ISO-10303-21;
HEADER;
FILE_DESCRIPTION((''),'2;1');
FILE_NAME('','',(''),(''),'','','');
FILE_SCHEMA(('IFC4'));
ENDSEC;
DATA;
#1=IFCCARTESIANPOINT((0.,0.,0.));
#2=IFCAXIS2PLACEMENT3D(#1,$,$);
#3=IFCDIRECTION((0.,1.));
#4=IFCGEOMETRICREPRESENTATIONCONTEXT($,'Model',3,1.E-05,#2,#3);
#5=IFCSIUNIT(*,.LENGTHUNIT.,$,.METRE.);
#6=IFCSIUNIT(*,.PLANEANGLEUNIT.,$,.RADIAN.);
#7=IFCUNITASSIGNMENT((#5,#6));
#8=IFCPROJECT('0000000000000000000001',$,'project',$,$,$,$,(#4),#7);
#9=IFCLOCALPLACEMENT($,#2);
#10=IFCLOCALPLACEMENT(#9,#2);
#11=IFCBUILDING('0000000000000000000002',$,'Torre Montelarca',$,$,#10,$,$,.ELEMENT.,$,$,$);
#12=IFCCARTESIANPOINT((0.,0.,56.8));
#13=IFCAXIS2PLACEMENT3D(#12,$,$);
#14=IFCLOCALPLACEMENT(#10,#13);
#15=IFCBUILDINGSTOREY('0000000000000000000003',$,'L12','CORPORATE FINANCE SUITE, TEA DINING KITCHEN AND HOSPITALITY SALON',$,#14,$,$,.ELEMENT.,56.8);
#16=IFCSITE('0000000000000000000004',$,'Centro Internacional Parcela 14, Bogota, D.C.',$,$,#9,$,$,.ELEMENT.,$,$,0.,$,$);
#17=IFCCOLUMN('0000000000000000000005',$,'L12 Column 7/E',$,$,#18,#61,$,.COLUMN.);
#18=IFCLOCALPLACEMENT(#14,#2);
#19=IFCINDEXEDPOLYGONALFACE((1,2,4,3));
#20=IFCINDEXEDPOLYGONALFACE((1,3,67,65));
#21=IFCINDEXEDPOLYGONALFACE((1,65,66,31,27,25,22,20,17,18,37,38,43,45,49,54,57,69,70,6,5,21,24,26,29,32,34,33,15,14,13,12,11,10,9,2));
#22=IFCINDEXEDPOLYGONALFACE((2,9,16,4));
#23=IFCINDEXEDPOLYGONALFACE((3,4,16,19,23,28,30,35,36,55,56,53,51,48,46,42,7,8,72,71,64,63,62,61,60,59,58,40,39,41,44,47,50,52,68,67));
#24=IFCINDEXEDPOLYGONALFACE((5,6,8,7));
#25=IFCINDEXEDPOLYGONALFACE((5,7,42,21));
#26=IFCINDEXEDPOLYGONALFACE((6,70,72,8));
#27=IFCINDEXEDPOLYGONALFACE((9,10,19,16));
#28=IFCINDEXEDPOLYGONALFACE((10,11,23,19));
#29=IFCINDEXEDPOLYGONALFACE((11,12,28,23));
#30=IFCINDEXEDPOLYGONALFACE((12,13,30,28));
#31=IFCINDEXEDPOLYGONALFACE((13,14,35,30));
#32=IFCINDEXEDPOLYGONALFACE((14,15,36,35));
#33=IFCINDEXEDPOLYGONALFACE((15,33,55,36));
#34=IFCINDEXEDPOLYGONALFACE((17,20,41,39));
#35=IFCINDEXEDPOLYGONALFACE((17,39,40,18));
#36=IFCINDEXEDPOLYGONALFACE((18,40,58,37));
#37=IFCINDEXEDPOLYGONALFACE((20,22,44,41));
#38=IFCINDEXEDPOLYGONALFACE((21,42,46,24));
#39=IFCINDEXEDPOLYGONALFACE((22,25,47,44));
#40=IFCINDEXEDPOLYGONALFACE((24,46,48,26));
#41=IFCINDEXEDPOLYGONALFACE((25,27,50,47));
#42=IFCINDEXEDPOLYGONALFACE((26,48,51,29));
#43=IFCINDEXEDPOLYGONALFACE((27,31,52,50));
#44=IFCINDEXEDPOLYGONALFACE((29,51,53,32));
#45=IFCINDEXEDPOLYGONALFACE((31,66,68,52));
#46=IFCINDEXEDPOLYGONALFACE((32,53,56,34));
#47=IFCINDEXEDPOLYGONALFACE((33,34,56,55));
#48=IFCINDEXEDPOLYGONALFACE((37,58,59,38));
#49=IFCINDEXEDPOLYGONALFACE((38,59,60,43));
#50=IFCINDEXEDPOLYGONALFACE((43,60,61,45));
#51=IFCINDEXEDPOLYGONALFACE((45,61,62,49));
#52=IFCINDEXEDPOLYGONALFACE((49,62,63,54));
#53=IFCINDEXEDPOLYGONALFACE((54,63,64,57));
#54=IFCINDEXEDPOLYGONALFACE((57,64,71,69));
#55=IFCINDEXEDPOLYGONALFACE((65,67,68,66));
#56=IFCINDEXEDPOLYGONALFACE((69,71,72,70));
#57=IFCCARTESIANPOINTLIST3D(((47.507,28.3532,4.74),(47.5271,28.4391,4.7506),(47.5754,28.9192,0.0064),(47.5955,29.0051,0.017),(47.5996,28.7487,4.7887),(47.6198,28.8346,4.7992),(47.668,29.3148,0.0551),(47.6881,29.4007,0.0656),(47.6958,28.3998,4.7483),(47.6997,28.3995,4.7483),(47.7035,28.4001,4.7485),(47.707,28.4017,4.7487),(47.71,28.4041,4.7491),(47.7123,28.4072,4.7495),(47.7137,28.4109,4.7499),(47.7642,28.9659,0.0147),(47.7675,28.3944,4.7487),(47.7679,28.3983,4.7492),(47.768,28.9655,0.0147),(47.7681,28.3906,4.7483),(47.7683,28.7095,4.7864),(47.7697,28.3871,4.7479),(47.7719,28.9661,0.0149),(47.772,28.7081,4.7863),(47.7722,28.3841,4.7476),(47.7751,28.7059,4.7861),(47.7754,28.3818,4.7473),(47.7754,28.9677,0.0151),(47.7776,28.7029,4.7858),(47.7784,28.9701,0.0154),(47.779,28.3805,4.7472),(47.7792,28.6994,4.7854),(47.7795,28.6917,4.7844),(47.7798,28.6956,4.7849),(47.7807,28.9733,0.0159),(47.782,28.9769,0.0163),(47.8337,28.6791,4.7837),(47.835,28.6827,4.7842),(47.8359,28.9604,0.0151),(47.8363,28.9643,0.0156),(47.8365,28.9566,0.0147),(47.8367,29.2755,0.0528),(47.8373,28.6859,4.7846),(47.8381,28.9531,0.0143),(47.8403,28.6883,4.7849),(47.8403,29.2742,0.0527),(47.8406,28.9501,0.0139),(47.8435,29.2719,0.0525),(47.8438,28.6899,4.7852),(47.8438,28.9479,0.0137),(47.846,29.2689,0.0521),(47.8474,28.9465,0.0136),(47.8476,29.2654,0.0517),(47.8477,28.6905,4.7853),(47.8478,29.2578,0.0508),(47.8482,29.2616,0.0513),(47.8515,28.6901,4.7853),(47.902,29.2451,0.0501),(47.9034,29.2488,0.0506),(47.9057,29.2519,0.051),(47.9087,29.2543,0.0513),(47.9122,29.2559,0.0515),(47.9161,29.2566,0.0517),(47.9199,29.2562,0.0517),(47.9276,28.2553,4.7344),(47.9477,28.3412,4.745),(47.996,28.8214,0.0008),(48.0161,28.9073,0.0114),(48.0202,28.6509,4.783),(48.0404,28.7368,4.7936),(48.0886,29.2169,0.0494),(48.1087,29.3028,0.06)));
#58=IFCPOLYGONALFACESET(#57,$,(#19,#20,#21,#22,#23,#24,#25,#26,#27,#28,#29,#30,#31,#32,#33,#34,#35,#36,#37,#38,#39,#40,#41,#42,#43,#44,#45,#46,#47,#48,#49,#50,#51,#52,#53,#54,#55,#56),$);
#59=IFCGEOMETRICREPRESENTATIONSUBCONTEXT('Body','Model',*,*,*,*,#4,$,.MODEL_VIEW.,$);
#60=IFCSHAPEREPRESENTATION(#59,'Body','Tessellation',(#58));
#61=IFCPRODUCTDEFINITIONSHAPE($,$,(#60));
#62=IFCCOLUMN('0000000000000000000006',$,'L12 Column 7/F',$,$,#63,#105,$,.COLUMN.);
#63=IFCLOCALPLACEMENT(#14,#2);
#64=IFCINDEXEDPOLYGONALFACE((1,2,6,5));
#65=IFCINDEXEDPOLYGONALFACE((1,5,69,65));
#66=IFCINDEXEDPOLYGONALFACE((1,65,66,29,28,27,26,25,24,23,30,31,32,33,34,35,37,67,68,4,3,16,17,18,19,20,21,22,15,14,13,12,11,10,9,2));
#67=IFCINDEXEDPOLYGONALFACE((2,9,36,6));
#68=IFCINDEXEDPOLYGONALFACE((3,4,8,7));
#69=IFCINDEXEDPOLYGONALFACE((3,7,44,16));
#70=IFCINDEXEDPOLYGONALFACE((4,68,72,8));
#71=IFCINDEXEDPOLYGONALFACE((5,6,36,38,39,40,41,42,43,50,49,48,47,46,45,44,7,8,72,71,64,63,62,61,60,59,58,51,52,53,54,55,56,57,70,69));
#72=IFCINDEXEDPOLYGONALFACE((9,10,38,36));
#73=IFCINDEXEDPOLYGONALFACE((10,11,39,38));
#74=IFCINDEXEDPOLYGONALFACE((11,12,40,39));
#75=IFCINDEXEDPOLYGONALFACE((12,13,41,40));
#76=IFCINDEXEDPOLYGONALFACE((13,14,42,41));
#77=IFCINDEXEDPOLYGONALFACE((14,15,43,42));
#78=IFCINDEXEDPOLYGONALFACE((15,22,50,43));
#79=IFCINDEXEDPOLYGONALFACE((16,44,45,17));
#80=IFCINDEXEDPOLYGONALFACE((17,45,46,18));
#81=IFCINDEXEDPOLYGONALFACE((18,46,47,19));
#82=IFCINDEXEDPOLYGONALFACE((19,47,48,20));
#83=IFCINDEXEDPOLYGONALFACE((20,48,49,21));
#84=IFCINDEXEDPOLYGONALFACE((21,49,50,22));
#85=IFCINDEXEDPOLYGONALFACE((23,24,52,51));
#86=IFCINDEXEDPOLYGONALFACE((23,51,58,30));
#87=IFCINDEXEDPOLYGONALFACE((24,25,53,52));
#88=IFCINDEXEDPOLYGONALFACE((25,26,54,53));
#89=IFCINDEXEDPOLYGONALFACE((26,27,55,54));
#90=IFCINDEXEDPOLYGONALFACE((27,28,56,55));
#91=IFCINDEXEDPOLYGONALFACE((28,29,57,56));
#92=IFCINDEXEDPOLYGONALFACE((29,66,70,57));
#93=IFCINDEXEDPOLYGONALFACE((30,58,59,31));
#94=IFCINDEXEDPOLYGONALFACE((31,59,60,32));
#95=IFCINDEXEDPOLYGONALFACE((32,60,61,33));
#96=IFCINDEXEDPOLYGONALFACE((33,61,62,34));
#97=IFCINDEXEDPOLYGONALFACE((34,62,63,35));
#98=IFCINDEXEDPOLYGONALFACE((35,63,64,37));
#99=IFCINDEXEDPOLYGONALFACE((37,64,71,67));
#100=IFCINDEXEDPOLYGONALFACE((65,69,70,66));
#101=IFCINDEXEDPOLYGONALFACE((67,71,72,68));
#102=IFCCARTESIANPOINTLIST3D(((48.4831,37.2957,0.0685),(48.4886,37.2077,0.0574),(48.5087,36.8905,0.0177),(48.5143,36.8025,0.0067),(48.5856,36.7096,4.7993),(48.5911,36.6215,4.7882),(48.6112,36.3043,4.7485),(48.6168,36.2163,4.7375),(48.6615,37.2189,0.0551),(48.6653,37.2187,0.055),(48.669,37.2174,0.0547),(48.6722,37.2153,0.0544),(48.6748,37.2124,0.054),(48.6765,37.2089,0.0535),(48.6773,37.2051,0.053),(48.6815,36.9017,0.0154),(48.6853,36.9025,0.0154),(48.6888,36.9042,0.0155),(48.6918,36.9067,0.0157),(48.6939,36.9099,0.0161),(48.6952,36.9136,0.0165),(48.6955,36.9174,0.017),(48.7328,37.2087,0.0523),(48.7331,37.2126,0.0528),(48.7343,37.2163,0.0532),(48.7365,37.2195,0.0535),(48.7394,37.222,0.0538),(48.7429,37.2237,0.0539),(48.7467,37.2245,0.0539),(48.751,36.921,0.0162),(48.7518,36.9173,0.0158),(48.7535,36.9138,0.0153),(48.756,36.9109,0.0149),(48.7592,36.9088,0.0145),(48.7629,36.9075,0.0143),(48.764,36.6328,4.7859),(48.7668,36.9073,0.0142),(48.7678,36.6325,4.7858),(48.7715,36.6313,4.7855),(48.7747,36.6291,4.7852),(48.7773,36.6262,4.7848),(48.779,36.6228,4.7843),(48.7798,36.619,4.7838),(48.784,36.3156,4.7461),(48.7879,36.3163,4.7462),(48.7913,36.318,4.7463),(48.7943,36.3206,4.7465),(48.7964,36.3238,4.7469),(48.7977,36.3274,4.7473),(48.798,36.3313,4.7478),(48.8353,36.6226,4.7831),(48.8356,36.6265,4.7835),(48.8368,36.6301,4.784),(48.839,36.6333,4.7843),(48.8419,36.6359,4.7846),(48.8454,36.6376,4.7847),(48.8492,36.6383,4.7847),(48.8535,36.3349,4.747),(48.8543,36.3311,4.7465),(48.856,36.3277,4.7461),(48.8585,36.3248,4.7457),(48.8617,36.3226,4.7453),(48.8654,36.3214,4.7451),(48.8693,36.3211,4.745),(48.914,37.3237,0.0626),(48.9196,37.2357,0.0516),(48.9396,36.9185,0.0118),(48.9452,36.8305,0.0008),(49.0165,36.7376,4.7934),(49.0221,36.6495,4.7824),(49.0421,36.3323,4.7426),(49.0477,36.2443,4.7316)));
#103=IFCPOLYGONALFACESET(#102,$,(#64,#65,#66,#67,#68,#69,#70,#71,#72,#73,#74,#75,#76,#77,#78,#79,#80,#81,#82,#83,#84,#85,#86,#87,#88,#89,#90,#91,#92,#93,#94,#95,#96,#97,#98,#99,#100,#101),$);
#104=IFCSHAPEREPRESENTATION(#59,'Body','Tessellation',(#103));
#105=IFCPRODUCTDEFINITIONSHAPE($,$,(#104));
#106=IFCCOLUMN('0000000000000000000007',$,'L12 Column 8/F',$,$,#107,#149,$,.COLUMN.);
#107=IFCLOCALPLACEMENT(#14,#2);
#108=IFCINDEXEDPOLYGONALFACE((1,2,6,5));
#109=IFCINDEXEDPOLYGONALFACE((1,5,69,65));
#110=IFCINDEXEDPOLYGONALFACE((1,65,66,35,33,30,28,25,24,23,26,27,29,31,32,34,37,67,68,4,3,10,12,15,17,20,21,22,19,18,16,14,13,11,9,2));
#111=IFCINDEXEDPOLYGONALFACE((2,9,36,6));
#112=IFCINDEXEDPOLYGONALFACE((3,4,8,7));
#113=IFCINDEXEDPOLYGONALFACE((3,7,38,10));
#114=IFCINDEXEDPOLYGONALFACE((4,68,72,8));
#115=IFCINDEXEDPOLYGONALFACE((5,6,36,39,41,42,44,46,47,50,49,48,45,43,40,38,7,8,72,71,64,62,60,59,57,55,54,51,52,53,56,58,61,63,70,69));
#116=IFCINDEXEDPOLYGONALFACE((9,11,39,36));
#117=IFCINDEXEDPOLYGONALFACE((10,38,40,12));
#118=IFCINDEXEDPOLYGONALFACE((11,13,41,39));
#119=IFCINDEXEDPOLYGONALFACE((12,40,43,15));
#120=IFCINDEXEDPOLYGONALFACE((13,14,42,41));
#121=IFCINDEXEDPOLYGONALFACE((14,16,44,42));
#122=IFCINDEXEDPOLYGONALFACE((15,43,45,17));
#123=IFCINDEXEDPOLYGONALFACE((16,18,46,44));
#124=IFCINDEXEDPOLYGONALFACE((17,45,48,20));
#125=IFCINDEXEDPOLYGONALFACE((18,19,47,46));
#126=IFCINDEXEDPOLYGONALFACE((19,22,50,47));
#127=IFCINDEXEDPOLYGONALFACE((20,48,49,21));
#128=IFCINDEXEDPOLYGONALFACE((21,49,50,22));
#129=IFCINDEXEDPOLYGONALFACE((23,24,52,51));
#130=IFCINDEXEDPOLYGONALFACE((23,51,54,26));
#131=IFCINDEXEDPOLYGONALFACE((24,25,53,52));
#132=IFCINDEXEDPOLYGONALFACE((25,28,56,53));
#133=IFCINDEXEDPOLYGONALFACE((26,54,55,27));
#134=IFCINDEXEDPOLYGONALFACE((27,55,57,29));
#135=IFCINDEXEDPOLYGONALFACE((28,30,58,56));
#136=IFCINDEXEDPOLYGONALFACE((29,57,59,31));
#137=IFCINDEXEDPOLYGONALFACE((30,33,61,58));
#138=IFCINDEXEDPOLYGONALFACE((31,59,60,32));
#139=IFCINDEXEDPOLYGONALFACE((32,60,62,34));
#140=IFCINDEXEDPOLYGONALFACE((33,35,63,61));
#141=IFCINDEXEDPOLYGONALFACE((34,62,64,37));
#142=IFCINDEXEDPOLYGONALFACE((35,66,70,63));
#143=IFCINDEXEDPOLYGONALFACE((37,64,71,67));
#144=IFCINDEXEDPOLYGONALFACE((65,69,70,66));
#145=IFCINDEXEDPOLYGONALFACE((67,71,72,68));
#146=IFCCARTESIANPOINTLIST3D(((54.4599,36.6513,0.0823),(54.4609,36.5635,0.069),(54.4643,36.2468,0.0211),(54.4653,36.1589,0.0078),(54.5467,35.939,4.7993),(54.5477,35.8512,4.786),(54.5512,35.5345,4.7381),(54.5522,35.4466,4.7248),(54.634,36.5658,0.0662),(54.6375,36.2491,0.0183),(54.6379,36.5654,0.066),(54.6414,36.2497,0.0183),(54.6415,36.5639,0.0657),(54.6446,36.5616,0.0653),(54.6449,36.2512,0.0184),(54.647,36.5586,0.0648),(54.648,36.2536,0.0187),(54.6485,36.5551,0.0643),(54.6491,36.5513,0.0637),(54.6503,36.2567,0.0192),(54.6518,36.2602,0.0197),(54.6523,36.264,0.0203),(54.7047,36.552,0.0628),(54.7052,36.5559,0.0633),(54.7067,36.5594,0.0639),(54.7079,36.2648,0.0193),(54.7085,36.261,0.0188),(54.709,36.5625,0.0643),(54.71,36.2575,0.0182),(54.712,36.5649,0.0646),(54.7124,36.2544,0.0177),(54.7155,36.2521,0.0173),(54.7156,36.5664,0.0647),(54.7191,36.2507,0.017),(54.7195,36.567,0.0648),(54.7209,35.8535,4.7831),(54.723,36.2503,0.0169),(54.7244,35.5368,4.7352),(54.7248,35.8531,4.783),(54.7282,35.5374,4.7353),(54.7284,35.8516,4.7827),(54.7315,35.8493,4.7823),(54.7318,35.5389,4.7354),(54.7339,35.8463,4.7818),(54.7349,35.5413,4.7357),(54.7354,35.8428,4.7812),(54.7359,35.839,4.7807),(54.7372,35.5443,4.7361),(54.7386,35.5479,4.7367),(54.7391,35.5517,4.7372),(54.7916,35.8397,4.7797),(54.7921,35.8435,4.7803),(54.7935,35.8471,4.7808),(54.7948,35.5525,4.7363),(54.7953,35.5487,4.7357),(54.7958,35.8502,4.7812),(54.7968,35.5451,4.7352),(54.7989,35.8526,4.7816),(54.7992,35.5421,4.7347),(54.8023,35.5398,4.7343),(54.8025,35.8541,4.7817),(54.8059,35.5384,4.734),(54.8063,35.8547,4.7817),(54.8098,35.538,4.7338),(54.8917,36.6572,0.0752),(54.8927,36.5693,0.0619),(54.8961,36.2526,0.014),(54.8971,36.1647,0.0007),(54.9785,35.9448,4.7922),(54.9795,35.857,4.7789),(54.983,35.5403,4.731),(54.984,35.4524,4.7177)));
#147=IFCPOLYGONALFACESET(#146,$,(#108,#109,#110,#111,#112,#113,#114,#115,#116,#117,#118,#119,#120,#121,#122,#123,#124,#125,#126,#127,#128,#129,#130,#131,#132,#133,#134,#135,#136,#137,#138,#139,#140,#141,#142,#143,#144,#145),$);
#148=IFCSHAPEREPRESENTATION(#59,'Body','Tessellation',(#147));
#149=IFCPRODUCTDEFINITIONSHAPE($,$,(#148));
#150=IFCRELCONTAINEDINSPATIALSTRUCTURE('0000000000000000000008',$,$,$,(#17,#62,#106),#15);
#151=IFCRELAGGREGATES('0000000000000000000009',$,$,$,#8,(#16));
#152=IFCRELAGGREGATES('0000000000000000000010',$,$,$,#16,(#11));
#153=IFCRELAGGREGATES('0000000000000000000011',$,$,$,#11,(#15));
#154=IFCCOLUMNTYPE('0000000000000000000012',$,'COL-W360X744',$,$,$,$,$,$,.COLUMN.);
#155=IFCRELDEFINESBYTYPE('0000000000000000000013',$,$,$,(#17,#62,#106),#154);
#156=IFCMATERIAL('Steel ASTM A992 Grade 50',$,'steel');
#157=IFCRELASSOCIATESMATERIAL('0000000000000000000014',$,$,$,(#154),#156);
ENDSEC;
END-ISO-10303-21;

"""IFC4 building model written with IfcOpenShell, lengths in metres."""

from ifc_helpers import new_model, si_unit, direction, frame, origin, origin_2d, place, context, subcontext, project, spatial, i_section, extrude, clip, halfspace, material, material_profile, profile_set, type_object, element, save


model = new_model("IFC4")

# Units and contexts
model_context = context("Model", 3, precision=1e-05, world=origin(), true_north=direction((0.0, 1.0)))
body_context = subcontext(model_context, "Body", "Model", "MODEL_VIEW")
ifc_project = project(units=[si_unit("LENGTHUNIT", "METRE"), si_unit("PLANEANGLEUNIT", "RADIAN")], contexts=[model_context])

# Site, building, storey
site_placement = place(None, origin())
site = spatial("IfcSite", under=ifc_project, at=site_placement, Name="Centro Internacional Parcela 14, Bogota, D.C.", CompositionType="ELEMENT", RefElevation=0.0)
building_placement = place(site_placement, origin())
building = spatial("IfcBuilding", under=site, at=building_placement, Name="Torre Montelarca", CompositionType="ELEMENT")
storey_placement = place(building_placement, frame((0.0, 0.0, 56.8)))
storey = spatial("IfcBuildingStorey", under=building, at=storey_placement, Name="L12", Description="CORPORATE FINANCE SUITE, TEA DINING KITCHEN AND HOSPITALITY SALON", CompositionType="ELEMENT", Elevation=56.8)

# Columns
ifc_material_1 = material(Name="Steel ASTM A992 Grade 50", Category="steel")
ifc_material_profile_1 = material_profile(ifc_material_1, i_section(OverallWidth=0.4319, OverallDepth=0.498, WebThickness=0.0557, FlangeThickness=0.0889, FilletRadius=0.0149, at=origin_2d()), Name="W360X744", Category="steel")
ifc_profile_set_1 = profile_set([ifc_material_profile_1], Name="Steel ASTM A992 Grade 50")
column_type_1 = type_object("IfcColumnType", Name="COL-W360X744", PredefinedType="COLUMN", material=ifc_profile_set_1)
column_1_placement = place(storey_placement, frame((47.8425, 29.115, 0.0), z_axis=(-0.014341, -0.118719, 0.992824), x_axis=(-0.973919, 0.226521, 0.013019)))
element("IfcColumn", 1, at=column_1_placement, inside=storey, type_object=column_type_1, Name="L12 Column 7/E", PredefinedType="COLUMN", context=body_context, shape_type="Clipping", body=[
    clip(clip(extrude(i_section(OverallWidth=0.4319, OverallDepth=0.498, WebThickness=0.0557, FlangeThickness=0.0889, FilletRadius=0.0149, at=origin_2d()), origin(), (0.0, 0.0, 1.0), 4.8347), halfspace(frame((0.0, 0.0, 0.0334), z_axis=(0.0, 0.0, -1.0), x_axis=(1.0, 0.0, 0.0)), False)), halfspace(frame((0.0, 0.0, 4.8013), z_axis=(0.0, 0.0, 1.0), x_axis=(1.0, 0.0, 0.0)), False)),
])
column_2_placement = place(storey_placement, frame((48.7134, 37.0674, 0.0), z_axis=(0.021498, -0.122931, 0.992182), x_axis=(-0.997803, -0.064838, 0.013586)))
element("IfcColumn", 2, at=column_2_placement, inside=storey, type_object=column_type_1, Name="L12 Column 7/F", PredefinedType="COLUMN", context=body_context, shape_type="Clipping", body=[
    clip(clip(extrude(i_section(OverallWidth=0.4319, OverallDepth=0.498, WebThickness=0.0557, FlangeThickness=0.0889, FilletRadius=0.0149, at=origin_2d()), origin(), (0.0, 0.0, 1.0), 4.8379), halfspace(frame((0.0, 0.0, 0.0349), z_axis=(0.0, 0.0, -1.0), x_axis=(1.0, 0.0, 0.0)), False)), halfspace(frame((0.0, 0.0, 4.803), z_axis=(0.0, 0.0, 1.0), x_axis=(1.0, 0.0, 0.0)), False)),
])
column_3_placement = place(storey_placement, frame((54.6777, 36.4143, 0.0), z_axis=(0.018203, -0.149292, 0.988626), x_axis=(-0.999775, -0.013474, 0.016373)))
element("IfcColumn", 3, at=column_3_placement, inside=storey, type_object=column_type_1, Name="L12 Column 8/F", PredefinedType="COLUMN", context=body_context, shape_type="Clipping", body=[
    clip(clip(extrude(i_section(OverallWidth=0.4319, OverallDepth=0.498, WebThickness=0.0557, FlangeThickness=0.0889, FilletRadius=0.0149, at=origin_2d()), origin(), (0.0, 0.0, 1.0), 4.8552), halfspace(frame((0.0, 0.0, 0.042), z_axis=(0.0, 0.0, -1.0), x_axis=(1.0, 0.0, 0.0)), False)), halfspace(frame((0.0, 0.0, 4.8132), z_axis=(0.0, 0.0, 1.0), x_axis=(1.0, 0.0, 0.0)), False)),
])

save(model, "model.ifc")
